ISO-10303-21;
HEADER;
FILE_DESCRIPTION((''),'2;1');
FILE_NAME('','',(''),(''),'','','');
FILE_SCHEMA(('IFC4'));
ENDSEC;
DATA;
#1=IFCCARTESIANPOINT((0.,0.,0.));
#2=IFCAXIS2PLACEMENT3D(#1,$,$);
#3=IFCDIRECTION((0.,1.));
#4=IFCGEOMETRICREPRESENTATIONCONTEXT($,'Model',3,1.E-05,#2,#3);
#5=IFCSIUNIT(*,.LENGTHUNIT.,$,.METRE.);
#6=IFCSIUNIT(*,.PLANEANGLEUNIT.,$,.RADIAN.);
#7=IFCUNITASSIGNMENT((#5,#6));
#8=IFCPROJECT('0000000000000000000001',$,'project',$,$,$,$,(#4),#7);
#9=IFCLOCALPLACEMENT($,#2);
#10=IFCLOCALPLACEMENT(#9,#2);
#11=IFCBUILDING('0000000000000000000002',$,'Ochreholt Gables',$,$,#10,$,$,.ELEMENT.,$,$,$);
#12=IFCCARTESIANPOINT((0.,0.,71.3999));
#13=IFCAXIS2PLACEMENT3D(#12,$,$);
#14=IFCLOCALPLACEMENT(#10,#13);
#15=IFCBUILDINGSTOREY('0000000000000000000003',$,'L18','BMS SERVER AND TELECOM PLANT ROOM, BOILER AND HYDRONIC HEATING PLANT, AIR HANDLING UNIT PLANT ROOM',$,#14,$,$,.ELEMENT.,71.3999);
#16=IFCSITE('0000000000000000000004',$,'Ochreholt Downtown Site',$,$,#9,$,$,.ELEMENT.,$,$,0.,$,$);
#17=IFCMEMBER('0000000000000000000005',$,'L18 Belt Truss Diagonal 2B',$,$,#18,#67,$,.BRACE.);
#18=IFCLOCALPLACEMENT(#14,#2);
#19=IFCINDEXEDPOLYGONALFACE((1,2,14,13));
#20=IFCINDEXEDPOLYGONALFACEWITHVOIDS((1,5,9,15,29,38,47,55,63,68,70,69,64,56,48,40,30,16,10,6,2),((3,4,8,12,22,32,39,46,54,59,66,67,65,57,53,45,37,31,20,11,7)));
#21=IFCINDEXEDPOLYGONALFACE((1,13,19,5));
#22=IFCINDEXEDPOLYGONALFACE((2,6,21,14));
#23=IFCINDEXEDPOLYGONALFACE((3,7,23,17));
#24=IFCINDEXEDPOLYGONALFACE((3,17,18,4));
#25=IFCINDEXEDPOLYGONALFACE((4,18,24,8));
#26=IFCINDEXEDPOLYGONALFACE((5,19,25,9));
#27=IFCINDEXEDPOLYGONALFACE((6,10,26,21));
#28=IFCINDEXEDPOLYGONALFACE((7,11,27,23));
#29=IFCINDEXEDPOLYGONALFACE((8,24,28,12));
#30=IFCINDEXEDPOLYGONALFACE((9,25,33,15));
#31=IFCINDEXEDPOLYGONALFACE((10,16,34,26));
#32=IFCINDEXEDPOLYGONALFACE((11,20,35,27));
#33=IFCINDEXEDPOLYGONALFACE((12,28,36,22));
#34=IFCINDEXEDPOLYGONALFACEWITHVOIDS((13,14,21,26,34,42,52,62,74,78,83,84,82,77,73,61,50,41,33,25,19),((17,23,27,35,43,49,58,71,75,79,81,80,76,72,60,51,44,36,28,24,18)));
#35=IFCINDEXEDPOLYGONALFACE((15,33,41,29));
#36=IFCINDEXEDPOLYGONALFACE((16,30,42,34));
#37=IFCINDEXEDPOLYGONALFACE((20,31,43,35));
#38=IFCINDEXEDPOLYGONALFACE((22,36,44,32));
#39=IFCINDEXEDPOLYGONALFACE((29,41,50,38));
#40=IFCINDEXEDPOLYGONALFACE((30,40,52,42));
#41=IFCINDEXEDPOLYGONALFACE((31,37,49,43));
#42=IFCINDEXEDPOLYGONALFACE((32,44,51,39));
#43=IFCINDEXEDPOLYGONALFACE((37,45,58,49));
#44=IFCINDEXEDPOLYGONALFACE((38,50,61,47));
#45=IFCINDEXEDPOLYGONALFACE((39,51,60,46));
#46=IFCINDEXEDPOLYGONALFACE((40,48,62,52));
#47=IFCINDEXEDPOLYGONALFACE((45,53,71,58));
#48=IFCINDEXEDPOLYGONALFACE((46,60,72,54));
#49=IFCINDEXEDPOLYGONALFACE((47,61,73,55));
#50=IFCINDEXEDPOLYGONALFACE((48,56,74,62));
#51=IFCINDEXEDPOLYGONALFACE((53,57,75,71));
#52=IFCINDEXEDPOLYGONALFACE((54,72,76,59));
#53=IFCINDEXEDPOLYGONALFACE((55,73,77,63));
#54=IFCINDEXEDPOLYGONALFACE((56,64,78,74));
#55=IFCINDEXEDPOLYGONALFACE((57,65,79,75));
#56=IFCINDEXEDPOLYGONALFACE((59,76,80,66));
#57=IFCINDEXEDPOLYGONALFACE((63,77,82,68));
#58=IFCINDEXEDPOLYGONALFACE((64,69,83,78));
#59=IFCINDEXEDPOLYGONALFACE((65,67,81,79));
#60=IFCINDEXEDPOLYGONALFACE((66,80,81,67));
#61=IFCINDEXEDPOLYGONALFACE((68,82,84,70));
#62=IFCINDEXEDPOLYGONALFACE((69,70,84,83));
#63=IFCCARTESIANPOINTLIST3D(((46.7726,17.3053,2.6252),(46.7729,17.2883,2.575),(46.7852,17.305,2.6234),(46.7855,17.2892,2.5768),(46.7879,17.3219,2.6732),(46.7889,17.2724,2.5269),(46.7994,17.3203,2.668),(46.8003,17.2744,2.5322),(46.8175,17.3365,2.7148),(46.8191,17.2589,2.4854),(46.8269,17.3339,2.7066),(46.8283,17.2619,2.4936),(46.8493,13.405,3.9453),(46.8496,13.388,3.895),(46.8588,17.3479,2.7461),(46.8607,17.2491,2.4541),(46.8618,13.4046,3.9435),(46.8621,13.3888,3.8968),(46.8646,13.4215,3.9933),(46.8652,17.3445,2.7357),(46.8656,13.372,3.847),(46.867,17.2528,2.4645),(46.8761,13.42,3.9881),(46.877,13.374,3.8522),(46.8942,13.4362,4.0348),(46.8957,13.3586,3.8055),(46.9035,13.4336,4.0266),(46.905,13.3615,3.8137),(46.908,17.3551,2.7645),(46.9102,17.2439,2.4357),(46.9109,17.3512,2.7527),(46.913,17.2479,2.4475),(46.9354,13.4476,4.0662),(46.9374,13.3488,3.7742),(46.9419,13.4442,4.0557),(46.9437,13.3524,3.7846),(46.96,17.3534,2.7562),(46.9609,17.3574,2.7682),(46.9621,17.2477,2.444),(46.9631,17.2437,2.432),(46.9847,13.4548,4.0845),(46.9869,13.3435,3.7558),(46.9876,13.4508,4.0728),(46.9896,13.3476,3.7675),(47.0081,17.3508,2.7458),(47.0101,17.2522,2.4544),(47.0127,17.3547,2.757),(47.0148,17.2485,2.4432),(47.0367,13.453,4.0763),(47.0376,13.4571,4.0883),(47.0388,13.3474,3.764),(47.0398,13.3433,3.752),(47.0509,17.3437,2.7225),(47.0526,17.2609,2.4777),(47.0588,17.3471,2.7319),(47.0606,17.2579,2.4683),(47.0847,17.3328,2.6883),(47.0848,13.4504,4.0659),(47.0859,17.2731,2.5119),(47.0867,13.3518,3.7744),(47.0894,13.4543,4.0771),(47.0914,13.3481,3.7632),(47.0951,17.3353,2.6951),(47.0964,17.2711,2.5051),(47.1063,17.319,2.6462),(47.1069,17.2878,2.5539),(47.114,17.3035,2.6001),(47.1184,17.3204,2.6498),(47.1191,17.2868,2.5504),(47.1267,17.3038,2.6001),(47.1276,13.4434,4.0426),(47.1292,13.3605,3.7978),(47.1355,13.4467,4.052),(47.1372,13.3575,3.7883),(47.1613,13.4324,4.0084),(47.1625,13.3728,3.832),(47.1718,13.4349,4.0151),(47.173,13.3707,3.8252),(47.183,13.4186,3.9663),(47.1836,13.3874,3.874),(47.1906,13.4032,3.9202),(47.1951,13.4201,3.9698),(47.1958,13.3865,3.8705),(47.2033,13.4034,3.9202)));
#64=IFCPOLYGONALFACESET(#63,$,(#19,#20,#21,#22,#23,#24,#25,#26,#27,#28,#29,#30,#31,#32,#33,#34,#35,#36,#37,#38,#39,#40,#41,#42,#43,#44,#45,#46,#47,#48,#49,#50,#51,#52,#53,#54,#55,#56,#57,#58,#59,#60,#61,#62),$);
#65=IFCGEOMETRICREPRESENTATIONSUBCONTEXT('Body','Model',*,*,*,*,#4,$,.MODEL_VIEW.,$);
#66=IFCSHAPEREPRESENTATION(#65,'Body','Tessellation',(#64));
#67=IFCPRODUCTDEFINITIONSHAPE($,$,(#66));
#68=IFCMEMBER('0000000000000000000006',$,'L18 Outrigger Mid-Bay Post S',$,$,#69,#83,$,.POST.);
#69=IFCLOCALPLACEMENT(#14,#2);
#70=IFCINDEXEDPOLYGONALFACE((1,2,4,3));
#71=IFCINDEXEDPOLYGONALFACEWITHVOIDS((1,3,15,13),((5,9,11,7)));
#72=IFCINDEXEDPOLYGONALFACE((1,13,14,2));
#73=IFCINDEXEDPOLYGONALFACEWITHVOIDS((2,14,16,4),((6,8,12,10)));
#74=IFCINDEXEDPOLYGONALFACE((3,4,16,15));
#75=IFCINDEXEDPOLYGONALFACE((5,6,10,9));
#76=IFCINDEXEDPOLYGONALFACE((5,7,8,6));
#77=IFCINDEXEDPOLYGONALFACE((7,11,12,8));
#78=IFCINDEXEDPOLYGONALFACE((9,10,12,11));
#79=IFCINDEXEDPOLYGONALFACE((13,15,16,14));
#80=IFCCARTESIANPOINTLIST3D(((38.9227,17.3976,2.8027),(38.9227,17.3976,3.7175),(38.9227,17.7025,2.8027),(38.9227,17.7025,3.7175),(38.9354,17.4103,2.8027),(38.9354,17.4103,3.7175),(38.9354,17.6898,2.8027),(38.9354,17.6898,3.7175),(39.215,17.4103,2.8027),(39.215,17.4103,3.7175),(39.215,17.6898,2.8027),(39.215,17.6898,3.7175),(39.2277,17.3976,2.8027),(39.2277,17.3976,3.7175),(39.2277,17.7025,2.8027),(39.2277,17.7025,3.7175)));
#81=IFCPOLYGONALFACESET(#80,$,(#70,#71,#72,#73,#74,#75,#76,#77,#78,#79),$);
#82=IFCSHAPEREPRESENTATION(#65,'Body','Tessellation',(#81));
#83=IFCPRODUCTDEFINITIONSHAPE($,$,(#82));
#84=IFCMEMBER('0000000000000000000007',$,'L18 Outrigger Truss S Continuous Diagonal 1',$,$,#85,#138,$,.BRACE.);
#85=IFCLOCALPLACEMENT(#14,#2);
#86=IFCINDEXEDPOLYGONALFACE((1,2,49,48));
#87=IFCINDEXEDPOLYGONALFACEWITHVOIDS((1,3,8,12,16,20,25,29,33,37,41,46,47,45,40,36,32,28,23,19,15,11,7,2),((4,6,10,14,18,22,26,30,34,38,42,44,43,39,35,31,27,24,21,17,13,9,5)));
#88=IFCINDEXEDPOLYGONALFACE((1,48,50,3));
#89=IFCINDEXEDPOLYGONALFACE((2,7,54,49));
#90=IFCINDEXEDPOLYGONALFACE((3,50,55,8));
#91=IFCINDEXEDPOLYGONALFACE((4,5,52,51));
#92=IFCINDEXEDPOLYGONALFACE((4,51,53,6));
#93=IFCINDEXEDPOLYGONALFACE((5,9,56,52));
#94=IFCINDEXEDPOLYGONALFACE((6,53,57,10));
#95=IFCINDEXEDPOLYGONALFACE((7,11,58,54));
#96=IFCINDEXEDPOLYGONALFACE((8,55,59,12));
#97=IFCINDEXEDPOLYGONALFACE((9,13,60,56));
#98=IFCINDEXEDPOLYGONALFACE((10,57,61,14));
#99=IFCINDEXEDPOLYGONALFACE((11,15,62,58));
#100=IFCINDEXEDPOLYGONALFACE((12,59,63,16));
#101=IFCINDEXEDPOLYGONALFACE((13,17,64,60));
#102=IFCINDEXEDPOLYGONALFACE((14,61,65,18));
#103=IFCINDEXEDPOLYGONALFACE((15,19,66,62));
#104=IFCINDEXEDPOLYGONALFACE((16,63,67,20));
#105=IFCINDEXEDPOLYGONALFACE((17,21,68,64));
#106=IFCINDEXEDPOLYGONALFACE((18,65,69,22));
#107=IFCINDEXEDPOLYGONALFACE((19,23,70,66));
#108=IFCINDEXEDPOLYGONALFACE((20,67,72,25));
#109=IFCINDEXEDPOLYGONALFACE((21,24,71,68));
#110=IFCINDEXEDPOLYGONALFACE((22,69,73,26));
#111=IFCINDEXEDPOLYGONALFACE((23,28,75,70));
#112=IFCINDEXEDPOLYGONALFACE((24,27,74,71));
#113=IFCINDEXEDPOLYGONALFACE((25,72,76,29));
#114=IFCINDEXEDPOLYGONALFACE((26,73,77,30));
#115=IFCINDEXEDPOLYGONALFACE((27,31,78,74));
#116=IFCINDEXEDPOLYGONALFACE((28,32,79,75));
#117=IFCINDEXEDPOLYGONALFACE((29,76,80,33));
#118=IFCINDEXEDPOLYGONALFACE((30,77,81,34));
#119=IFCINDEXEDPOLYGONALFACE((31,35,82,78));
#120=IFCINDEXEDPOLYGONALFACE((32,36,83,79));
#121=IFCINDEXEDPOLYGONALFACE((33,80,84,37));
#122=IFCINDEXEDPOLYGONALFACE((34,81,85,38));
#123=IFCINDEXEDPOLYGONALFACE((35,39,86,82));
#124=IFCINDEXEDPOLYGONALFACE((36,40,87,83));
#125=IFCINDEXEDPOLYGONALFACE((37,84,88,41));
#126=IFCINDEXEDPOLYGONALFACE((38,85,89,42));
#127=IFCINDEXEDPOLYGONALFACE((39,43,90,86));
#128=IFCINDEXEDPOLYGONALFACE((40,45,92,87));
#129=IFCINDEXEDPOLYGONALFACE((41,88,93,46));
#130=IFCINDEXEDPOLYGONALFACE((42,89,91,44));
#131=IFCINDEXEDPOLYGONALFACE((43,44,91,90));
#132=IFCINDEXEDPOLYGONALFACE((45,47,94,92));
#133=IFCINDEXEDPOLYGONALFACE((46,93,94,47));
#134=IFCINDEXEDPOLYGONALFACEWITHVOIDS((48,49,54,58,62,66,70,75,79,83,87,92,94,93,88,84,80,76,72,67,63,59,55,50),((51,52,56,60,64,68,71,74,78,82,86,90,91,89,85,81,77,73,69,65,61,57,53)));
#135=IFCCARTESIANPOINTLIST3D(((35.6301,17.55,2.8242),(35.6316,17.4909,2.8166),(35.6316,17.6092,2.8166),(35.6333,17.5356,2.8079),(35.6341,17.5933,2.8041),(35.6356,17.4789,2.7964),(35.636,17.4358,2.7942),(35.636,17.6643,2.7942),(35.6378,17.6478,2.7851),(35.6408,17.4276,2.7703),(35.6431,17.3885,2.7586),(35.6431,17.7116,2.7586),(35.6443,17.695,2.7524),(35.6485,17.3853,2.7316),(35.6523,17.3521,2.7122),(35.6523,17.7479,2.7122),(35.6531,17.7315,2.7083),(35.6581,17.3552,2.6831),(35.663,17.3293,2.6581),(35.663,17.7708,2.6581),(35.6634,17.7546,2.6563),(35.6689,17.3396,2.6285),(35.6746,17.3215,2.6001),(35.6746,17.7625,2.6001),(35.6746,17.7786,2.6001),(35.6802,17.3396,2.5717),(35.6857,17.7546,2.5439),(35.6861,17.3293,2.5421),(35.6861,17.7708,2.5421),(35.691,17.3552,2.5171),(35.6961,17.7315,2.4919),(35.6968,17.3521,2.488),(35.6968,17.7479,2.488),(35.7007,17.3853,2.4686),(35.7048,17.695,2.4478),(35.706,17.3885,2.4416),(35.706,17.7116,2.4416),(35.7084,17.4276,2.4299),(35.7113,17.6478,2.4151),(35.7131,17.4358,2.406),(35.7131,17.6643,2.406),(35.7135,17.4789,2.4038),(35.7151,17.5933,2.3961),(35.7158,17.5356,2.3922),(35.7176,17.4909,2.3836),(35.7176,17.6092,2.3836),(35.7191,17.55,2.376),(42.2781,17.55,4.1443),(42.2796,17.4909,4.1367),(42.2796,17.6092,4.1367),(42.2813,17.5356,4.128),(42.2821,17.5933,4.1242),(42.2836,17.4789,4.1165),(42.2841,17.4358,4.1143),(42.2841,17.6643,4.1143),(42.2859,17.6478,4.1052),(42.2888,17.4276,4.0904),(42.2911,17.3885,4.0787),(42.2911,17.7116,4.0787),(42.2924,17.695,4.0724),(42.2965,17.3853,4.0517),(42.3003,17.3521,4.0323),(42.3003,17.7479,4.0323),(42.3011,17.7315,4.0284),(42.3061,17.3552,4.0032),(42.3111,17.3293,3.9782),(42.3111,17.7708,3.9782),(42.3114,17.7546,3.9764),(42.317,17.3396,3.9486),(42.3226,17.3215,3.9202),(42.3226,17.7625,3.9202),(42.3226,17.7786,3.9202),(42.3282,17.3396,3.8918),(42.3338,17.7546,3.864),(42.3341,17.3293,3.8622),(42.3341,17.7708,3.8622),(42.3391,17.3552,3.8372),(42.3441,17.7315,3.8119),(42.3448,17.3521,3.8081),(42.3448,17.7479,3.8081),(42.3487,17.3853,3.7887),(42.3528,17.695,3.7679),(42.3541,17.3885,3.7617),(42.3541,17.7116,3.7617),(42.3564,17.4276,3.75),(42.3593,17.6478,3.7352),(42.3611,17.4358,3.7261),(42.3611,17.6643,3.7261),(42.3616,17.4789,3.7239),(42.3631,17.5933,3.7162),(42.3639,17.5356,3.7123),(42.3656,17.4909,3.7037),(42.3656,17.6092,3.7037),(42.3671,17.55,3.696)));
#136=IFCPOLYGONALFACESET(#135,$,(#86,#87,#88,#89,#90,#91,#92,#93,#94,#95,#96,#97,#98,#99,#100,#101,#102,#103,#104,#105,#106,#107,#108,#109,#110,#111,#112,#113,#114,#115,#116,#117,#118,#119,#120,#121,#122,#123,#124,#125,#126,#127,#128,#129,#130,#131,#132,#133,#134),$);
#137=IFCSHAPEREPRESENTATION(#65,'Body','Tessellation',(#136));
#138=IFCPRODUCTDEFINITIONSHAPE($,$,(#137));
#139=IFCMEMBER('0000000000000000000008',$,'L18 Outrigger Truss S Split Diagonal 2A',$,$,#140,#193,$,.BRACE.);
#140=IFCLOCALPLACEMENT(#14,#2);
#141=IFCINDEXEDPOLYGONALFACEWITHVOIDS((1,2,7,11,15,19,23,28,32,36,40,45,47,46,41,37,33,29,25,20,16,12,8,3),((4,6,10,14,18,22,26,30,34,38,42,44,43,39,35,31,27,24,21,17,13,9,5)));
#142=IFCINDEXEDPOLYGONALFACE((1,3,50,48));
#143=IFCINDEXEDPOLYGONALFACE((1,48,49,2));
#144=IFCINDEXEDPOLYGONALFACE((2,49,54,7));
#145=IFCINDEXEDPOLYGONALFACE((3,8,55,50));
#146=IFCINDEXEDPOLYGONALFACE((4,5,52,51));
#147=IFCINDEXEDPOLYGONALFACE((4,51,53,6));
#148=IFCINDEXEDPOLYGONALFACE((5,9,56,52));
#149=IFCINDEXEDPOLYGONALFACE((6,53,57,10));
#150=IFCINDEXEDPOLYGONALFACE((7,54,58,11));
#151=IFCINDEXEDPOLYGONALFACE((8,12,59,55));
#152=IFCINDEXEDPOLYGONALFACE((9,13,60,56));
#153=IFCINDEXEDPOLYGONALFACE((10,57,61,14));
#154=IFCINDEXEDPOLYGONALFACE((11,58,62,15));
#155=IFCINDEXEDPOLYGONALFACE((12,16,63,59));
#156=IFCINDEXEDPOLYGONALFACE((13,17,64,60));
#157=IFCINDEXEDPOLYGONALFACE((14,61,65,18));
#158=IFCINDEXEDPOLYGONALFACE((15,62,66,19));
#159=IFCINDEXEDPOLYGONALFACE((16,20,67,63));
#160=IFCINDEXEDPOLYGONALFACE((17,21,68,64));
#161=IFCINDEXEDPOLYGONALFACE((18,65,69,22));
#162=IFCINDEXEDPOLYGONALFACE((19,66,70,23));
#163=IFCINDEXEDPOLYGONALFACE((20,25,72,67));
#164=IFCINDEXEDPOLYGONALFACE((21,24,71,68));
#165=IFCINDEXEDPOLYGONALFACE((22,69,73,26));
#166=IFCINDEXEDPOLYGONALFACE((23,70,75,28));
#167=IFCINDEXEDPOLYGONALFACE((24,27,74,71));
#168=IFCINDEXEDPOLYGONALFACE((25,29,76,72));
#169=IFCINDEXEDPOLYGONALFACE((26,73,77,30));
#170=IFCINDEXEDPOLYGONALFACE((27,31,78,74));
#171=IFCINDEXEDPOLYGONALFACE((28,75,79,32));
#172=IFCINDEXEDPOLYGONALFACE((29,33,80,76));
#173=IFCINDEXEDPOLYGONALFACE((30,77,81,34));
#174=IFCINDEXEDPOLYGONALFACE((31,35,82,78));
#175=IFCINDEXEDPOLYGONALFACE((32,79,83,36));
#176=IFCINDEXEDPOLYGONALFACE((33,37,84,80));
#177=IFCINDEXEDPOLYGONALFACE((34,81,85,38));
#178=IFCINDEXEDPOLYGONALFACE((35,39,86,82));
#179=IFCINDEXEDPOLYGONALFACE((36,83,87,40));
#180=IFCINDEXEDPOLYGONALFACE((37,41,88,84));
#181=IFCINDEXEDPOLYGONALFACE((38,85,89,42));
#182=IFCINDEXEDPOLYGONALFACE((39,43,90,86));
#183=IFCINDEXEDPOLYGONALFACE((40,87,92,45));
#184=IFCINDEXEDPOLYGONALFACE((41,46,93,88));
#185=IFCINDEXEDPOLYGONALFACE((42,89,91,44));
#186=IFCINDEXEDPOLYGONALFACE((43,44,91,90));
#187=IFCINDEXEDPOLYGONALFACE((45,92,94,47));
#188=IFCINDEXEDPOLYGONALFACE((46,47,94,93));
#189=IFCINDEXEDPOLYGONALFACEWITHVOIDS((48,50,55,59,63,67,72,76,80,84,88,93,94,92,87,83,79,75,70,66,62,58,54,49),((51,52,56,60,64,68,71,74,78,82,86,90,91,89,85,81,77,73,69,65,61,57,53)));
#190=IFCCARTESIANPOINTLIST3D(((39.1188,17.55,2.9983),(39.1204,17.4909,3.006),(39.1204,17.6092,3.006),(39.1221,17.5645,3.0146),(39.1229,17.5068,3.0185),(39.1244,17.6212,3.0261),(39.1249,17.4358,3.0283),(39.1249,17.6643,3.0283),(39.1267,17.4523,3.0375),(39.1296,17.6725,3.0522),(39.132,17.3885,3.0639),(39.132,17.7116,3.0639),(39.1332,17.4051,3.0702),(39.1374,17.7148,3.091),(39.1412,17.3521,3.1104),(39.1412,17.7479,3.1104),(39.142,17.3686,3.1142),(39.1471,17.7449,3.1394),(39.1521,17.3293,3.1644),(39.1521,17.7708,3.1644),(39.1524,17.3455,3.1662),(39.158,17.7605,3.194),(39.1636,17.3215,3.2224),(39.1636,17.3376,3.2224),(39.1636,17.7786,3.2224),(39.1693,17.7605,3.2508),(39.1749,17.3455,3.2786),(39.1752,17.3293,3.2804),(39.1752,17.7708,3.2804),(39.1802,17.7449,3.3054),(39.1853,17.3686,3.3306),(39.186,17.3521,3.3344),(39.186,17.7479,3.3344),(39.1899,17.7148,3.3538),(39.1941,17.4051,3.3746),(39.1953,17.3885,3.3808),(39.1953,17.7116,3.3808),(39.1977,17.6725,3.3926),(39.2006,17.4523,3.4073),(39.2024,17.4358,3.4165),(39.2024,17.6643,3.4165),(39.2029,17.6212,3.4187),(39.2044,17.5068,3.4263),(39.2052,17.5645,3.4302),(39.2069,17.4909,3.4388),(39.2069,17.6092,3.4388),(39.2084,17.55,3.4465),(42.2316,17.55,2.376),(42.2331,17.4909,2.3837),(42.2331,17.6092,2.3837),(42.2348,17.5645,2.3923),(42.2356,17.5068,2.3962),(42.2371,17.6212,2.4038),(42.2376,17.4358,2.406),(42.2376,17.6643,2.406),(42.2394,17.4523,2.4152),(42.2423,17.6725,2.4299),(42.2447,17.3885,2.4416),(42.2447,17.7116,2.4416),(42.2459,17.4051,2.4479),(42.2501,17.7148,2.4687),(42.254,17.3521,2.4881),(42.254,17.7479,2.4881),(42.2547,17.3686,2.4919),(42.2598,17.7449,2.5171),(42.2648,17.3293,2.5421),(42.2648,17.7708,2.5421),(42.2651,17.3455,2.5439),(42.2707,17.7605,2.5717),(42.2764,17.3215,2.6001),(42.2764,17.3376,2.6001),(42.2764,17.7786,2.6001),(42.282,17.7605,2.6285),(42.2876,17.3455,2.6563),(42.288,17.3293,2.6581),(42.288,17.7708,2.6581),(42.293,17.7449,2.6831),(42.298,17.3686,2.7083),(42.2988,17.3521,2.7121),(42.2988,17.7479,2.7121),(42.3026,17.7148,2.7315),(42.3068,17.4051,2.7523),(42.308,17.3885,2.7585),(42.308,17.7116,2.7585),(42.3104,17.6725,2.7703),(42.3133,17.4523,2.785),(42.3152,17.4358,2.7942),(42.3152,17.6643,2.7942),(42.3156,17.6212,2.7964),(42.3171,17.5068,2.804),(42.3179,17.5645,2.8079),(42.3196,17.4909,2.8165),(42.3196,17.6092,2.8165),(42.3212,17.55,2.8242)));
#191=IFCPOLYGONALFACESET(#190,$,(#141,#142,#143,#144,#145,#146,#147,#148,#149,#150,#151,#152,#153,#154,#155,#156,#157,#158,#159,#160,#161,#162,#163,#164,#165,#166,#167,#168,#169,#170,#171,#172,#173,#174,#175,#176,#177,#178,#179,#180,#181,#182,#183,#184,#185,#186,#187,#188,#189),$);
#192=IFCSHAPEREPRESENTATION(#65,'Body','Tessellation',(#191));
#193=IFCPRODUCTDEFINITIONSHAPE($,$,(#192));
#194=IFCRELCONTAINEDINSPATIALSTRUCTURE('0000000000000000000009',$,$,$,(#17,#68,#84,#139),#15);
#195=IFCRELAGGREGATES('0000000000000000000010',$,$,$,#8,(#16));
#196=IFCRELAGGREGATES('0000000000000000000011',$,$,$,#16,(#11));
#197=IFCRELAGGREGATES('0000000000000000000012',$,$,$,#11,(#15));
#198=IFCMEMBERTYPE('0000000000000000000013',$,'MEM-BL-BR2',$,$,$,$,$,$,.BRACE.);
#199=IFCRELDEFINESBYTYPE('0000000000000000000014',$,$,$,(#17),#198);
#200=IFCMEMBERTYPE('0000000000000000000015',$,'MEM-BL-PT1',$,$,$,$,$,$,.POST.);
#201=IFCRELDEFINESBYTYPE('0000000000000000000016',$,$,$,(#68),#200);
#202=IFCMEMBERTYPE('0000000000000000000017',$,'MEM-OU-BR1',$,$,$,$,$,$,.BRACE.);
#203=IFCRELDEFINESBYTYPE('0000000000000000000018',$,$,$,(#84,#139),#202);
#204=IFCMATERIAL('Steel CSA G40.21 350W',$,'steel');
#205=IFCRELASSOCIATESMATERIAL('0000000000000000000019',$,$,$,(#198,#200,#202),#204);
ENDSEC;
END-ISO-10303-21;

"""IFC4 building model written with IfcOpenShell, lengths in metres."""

from ifc_helpers import new_model, si_unit, direction, frame, origin, origin_2d, place, context, subcontext, project, spatial, hollow_rectangle, hollow_circle, extrude, material, material_profile, profile_set, type_object, element, save


model = new_model("IFC4")

# Units and contexts
model_context = context("Model", 3, precision=1e-05, world=origin(), true_north=direction((0.0, 1.0)))
body_context = subcontext(model_context, "Body", "Model", "MODEL_VIEW")
ifc_project = project(units=[si_unit("LENGTHUNIT", "METRE"), si_unit("PLANEANGLEUNIT", "RADIAN")], contexts=[model_context])

# Site, building, storey
site_placement = place(None, origin())
site = spatial("IfcSite", under=ifc_project, at=site_placement, Name="Ochreholt Downtown Site", CompositionType="ELEMENT", RefElevation=0.0)
building_placement = place(site_placement, origin())
building = spatial("IfcBuilding", under=site, at=building_placement, Name="Ochreholt Gables", CompositionType="ELEMENT")
storey_placement = place(building_placement, frame((0.0, 0.0, 71.3999)))
storey = spatial("IfcBuildingStorey", under=building, at=storey_placement, Name="L18", Description="BMS SERVER AND TELECOM PLANT ROOM, BOILER AND HYDRONIC HEATING PLANT, AIR HANDLING UNIT PLANT ROOM", CompositionType="ELEMENT", Elevation=71.3999)

# Shared definitions
ifc_material_1 = material(Name="Steel CSA G40.21 350W", Category="steel")

# Members
ifc_material_profile_1 = material_profile(ifc_material_1, hollow_circle(Radius=0.178, WallThickness=0.0127, at=origin_2d()), Name="CHS356X13")
ifc_profile_set_1 = profile_set([ifc_material_profile_1], Name="Steel CSA G40.21 350W")
member_type_1 = type_object("IfcMemberType", Name="MEM-BL-BR2", PredefinedType="BRACE", material=ifc_profile_set_1)
member_1_placement = place(storey_placement, frame((46.9487, 17.3003, 2.6001), z_axis=(0.018614, -0.947057, 0.320527), x_axis=(0.999807, 0.019651, 0.0)))
element("IfcMember", 1, at=member_1_placement, inside=storey, type_object=member_type_1, Name="L18 Belt Truss Diagonal 2B", PredefinedType="BRACE", context=body_context, shape_type="SweptSolid", body=[
    extrude(hollow_circle(Radius=0.178, WallThickness=0.0127, at=origin_2d()), origin(), (0.0, 0.0, 1.0), 4.1184),
])
ifc_material_profile_2 = material_profile(ifc_material_1, hollow_rectangle(XDim=0.3049, YDim=0.3049, WallThickness=0.0127, at=origin_2d()), Name="HSS305X305X13")
ifc_profile_set_2 = profile_set([ifc_material_profile_2], Name="Steel CSA G40.21 350W")
member_type_2 = type_object("IfcMemberType", Name="MEM-BL-PT1", PredefinedType="POST", material=ifc_profile_set_2)
member_2_placement = place(storey_placement, frame((39.0752, 17.55, 2.8027), z_axis=(0.0, 0.0, 1.0), x_axis=(1.0, 0.0, 0.0)))
element("IfcMember", 2, at=member_2_placement, inside=storey, type_object=member_type_2, Name="L18 Outrigger Mid-Bay Post S", PredefinedType="POST", context=body_context, shape_type="SweptSolid", body=[
    extrude(hollow_rectangle(XDim=0.3049, YDim=0.3049, WallThickness=0.0127, at=origin_2d()), origin(), (0.0, 0.0, 1.0), 0.9148),
])
ifc_material_profile_3 = material_profile(ifc_material_1, hollow_circle(Radius=0.2285, WallThickness=0.0161, at=origin_2d()), Name="CHS457X16")
ifc_profile_set_3 = profile_set([ifc_material_profile_3], Name="Steel CSA G40.21 350W")
member_type_3 = type_object("IfcMemberType", Name="MEM-OU-BR1", PredefinedType="BRACE", material=ifc_profile_set_3)
member_3_placement = place(storey_placement, frame((35.6746, 17.55, 2.6001), z_axis=(0.98085, 0.0, 0.194765), x_axis=(0.0, 1.0, 0.0)))
element("IfcMember", 3, at=member_3_placement, inside=storey, type_object=member_type_3, Name="L18 Outrigger Truss S Continuous Diagonal 1", PredefinedType="BRACE", context=body_context, shape_type="SweptSolid", body=[
    extrude(hollow_circle(Radius=0.2285, WallThickness=0.0161, at=origin_2d()), origin(), (0.0, 0.0, 1.0), 6.7778),
])
member_4_placement = place(storey_placement, frame((42.2764, 17.55, 2.6001), z_axis=(-0.980595, 0.0, 0.196042), x_axis=(0.0, -1.0, 0.0)))
element("IfcMember", 4, at=member_4_placement, inside=storey, type_object=member_type_3, Name="L18 Outrigger Truss S Split Diagonal 2A", PredefinedType="BRACE", context=body_context, shape_type="SweptSolid", body=[
    extrude(hollow_circle(Radius=0.2285, WallThickness=0.0161, at=origin_2d()), origin(), (0.0, 0.0, 1.0), 3.1743),
])

save(model, "model.ifc")
